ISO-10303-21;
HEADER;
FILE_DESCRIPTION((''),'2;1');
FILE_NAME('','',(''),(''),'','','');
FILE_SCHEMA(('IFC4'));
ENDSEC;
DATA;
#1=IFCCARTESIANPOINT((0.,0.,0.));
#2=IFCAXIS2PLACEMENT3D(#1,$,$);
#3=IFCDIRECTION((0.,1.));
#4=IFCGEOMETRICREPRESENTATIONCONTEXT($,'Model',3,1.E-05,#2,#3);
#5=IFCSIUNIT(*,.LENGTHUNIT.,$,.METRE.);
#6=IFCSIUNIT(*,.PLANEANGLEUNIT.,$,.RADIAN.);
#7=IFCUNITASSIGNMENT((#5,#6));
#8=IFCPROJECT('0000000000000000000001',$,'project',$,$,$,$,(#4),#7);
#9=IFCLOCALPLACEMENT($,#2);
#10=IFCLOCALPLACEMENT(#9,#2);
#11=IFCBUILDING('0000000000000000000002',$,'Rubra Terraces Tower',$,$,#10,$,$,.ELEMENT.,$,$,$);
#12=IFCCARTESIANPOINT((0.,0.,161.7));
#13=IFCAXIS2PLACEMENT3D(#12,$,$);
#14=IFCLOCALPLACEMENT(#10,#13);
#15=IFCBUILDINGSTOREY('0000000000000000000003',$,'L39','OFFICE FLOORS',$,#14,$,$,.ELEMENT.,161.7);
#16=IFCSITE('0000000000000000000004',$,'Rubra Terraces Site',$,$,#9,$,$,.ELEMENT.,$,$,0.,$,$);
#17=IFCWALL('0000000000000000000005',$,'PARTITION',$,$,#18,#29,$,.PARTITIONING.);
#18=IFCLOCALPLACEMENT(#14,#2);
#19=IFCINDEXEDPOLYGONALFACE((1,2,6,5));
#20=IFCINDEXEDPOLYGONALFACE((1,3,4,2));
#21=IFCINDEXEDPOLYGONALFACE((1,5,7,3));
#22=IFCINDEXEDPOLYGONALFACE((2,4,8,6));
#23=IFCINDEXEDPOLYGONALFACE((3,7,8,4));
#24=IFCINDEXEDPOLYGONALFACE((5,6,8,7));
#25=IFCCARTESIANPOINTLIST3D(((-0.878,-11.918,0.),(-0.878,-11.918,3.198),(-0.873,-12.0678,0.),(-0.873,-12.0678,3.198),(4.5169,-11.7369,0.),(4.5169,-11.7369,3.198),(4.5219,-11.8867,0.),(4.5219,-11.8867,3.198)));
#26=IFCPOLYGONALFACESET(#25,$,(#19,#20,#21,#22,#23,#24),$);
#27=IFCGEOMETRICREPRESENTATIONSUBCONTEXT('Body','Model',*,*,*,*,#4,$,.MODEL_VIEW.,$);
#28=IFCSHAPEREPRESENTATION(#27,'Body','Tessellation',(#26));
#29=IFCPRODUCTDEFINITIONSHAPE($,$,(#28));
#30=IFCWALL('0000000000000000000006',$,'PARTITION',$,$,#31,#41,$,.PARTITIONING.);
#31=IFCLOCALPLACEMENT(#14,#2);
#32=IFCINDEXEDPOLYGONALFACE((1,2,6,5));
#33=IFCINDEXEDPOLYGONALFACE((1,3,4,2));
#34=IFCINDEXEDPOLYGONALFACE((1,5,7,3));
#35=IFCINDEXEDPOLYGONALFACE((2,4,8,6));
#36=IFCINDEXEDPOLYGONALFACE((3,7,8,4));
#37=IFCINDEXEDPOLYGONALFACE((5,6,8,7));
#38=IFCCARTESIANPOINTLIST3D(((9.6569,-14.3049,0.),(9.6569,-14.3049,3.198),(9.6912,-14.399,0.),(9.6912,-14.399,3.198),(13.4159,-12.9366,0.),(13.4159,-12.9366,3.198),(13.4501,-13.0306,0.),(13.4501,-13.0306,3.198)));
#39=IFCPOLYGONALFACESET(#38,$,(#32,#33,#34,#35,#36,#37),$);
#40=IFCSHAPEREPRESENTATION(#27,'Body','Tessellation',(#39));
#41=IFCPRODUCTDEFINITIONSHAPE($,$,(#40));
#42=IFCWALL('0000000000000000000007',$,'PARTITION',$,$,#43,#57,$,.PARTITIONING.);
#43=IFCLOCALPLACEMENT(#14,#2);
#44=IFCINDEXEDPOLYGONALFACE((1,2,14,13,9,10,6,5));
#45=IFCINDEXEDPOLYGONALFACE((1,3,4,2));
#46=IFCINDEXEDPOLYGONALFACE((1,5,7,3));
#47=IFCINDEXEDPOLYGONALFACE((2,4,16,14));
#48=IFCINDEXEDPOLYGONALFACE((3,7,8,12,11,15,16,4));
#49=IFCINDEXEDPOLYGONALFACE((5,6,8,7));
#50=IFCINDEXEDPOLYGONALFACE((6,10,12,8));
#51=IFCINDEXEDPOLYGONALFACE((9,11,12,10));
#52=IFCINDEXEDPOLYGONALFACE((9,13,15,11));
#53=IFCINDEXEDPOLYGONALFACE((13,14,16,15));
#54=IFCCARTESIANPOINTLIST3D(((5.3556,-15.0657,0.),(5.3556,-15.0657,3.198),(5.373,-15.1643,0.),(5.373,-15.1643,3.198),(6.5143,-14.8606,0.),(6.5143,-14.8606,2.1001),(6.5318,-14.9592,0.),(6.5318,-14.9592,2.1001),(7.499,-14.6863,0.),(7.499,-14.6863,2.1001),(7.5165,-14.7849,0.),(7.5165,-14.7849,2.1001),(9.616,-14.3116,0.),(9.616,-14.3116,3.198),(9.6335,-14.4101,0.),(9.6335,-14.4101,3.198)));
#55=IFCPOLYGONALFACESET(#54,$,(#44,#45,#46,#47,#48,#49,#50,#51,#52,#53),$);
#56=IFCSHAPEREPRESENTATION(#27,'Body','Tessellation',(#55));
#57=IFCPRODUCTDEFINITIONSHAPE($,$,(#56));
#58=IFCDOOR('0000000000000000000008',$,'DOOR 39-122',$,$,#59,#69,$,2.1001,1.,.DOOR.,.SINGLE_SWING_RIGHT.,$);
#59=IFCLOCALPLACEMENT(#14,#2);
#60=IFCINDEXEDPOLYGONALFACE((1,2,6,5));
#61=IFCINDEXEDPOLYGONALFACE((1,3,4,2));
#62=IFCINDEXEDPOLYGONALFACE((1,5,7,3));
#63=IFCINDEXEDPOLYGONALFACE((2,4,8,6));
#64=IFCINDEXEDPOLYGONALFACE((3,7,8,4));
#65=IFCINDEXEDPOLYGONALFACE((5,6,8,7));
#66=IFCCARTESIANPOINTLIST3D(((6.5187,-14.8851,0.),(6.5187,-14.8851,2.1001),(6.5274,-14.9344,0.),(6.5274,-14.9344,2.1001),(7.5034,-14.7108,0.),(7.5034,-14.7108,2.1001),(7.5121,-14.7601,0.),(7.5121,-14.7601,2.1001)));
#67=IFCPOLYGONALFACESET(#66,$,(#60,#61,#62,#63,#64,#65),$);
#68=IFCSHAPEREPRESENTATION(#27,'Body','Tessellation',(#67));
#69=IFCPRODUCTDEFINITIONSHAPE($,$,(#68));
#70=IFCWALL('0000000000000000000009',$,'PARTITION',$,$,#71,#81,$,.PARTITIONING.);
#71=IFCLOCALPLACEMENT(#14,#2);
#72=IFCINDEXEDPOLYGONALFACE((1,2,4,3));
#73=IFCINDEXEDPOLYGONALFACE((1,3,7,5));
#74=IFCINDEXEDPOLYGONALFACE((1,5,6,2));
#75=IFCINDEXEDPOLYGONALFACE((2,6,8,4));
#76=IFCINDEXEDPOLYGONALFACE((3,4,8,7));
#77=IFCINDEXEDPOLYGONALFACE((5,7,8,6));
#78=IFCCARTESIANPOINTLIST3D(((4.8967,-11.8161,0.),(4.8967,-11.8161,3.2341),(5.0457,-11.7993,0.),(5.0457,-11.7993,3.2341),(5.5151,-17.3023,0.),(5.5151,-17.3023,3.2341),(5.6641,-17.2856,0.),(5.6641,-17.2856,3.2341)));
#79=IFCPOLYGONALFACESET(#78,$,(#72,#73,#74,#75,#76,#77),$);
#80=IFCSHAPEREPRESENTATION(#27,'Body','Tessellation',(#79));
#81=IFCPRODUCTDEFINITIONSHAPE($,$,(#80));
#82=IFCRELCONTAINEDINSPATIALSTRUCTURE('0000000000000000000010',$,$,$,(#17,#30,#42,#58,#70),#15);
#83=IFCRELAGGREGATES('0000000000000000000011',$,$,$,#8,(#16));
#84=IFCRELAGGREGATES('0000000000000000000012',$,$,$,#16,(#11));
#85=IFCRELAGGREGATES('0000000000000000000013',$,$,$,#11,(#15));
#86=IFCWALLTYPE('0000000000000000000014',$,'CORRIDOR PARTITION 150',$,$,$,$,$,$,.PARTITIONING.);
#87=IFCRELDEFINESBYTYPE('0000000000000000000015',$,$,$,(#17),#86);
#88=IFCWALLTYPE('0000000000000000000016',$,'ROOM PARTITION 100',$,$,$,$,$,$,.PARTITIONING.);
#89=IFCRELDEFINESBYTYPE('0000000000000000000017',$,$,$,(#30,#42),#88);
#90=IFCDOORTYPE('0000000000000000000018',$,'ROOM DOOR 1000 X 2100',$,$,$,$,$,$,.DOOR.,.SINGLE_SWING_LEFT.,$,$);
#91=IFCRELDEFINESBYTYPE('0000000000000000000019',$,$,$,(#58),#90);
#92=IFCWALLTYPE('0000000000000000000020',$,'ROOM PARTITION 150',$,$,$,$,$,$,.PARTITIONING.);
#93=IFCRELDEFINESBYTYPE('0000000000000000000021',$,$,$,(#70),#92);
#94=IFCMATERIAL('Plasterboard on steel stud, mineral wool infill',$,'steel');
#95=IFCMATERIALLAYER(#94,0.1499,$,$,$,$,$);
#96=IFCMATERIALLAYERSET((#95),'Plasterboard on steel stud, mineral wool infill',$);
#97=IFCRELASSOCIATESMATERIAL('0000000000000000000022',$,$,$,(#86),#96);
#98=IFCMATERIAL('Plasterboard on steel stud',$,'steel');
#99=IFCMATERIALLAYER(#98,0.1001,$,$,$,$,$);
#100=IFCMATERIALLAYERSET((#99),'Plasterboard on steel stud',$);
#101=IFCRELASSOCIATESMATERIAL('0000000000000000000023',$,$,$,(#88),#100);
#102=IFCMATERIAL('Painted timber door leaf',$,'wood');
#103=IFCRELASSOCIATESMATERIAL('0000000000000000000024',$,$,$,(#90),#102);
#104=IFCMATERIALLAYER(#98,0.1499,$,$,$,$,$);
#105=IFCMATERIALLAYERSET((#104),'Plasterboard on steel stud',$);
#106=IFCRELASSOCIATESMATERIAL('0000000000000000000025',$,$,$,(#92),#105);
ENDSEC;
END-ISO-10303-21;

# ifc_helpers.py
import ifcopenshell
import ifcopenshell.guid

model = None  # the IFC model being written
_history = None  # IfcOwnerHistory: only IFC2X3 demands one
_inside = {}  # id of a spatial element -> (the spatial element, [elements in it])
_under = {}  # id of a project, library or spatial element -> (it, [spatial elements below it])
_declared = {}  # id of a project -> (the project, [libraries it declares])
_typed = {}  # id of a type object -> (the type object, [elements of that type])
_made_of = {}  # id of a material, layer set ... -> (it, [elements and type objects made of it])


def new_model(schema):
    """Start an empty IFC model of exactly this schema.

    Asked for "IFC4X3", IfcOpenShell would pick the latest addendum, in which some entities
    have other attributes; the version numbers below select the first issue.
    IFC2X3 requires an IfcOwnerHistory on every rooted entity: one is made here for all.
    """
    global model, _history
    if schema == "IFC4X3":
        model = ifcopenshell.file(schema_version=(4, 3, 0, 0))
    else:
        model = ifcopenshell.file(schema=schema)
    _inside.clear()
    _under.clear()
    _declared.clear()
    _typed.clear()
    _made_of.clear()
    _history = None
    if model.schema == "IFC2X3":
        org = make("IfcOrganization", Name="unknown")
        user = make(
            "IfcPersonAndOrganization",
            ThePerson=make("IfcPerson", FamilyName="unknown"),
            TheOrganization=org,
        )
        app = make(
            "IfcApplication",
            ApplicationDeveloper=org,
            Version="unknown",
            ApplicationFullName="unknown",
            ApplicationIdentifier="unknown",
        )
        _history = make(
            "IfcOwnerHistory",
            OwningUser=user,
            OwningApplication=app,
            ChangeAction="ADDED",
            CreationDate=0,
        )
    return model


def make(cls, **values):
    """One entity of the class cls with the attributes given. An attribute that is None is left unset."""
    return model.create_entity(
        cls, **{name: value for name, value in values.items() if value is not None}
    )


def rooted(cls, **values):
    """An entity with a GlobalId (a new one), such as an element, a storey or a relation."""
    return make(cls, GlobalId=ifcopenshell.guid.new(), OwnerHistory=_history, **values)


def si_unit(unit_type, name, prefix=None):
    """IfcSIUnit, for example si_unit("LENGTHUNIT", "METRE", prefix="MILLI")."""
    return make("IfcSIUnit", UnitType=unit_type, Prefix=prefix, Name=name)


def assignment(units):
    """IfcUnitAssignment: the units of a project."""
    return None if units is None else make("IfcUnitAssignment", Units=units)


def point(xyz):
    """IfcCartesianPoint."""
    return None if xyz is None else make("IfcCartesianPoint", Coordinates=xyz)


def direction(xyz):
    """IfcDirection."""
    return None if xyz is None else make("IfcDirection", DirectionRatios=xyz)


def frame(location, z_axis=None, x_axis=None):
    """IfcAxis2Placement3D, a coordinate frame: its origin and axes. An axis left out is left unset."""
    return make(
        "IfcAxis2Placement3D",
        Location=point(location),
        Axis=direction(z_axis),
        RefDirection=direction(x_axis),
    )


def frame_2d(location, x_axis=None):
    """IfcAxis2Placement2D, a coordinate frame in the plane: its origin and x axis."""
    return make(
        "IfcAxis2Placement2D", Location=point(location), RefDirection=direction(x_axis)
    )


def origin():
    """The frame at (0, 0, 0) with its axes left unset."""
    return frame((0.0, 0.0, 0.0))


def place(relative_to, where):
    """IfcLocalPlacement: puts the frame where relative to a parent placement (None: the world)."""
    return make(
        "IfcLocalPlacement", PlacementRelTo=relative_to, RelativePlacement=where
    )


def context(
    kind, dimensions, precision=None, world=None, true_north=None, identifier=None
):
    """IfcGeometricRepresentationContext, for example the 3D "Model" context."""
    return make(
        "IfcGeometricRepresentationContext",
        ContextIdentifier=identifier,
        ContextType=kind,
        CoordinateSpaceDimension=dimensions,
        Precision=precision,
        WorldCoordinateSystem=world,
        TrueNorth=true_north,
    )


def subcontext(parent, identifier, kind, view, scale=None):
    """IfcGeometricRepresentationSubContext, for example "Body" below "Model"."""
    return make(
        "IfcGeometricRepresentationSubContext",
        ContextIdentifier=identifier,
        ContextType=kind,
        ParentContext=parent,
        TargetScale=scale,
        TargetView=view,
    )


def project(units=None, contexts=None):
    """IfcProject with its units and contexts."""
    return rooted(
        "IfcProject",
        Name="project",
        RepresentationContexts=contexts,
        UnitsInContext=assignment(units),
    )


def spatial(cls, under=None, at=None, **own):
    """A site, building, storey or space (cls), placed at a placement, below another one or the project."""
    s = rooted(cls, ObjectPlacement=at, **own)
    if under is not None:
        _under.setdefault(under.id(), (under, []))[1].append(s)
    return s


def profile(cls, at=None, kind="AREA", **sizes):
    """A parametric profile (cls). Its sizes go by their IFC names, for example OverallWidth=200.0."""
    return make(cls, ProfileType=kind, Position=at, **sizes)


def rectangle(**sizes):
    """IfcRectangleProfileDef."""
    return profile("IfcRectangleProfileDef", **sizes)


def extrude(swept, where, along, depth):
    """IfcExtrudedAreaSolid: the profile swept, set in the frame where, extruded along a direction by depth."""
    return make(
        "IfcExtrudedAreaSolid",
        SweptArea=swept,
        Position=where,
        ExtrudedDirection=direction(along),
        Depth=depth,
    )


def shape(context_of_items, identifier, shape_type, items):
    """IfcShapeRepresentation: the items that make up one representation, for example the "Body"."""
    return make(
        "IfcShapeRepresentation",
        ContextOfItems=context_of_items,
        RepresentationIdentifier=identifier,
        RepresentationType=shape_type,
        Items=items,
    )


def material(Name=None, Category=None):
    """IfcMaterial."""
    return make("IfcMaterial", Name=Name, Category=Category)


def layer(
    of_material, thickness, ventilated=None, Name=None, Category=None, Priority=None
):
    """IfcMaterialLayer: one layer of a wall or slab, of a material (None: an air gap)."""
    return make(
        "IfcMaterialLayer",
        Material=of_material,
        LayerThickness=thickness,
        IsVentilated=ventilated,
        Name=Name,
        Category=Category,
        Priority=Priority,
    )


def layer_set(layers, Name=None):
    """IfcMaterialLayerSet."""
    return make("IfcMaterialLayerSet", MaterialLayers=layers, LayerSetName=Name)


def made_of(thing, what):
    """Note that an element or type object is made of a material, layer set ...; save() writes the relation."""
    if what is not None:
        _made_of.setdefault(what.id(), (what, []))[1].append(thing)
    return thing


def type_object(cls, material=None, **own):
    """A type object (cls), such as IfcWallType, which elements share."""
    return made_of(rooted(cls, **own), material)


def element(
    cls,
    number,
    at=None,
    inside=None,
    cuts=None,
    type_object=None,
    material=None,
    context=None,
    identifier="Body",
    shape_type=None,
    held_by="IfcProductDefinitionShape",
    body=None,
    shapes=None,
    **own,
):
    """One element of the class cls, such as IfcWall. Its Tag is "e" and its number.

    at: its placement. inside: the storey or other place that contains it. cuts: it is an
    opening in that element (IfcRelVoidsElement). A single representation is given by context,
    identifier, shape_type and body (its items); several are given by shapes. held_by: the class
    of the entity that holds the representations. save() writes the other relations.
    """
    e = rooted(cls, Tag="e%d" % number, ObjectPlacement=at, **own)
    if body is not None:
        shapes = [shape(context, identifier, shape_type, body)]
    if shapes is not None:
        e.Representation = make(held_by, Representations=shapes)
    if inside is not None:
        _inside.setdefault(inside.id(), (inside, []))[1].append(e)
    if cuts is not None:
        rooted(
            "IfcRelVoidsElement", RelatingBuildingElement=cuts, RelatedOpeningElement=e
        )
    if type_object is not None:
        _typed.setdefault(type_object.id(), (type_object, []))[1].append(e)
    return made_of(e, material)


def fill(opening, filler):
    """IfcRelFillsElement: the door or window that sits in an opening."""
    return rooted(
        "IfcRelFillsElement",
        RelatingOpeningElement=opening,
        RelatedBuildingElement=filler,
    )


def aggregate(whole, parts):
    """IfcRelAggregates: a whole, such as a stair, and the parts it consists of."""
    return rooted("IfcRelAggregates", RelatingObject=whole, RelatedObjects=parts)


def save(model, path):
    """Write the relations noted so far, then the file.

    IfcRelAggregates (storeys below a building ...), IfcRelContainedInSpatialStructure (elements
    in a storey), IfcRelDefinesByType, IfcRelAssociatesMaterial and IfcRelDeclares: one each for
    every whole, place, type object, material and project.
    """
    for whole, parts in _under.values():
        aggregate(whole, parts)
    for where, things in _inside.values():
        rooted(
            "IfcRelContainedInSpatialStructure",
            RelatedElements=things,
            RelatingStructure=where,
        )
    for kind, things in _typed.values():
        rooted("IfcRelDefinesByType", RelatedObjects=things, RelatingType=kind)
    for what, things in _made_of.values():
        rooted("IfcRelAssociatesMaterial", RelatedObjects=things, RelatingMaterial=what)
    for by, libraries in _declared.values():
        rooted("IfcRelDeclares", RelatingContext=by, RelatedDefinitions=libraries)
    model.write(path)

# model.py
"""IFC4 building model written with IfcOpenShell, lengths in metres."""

from ifc_helpers import new_model, si_unit, direction, frame, frame_2d, origin, place, context, subcontext, project, spatial, rectangle, extrude, material, layer, layer_set, type_object, element, fill, save


model = new_model("IFC4")

# Units and contexts
model_context = context("Model", 3, precision=1e-05, world=origin(), true_north=direction((0.0, 1.0)))
body_context = subcontext(model_context, "Body", "Model", "MODEL_VIEW")
ifc_project = project(units=[si_unit("LENGTHUNIT", "METRE"), si_unit("PLANEANGLEUNIT", "RADIAN")], contexts=[model_context])

# Site, building, storey
site_placement = place(None, origin())
site = spatial("IfcSite", under=ifc_project, at=site_placement, Name="Rubra Terraces Site", CompositionType="ELEMENT", RefElevation=0.0)
building_placement = place(site_placement, origin())
building = spatial("IfcBuilding", under=site, at=building_placement, Name="Rubra Terraces Tower", CompositionType="ELEMENT")
storey_placement = place(building_placement, frame((0.0, 0.0, 161.7)))
storey = spatial("IfcBuildingStorey", under=building, at=storey_placement, Name="L39", Description="OFFICE FLOORS", CompositionType="ELEMENT", Elevation=161.7)

# Walls
ifc_material_1 = material(Name="Plasterboard on steel stud, mineral wool infill", Category="steel")
ifc_layer_1 = layer(ifc_material_1, 0.1499)
ifc_layer_set_1 = layer_set([ifc_layer_1], Name="Plasterboard on steel stud, mineral wool infill")
wall_type_1 = type_object("IfcWallType", Name="CORRIDOR PARTITION 150", PredefinedType="PARTITIONING", material=ifc_layer_set_1)
wall_1_placement = place(storey_placement, frame((-0.8755, -11.9929, 0.0), z_axis=(0.0, 0.0, 1.0), x_axis=(0.999437, 0.033559, 0.0)))
element("IfcWall", 1, at=wall_1_placement, inside=storey, type_object=wall_type_1, Name="PARTITION", PredefinedType="PARTITIONING", context=body_context, shape_type="SweptSolid", body=[
    extrude(rectangle(XDim=5.3979, YDim=0.1499, at=frame_2d((2.699, 0.0))), origin(), (0.0, 0.0, 1.0), 3.198),
])
ifc_material_2 = material(Name="Plasterboard on steel stud", Category="steel")
ifc_layer_2 = layer(ifc_material_2, 0.1001)
ifc_layer_set_2 = layer_set([ifc_layer_2], Name="Plasterboard on steel stud")
wall_type_2 = type_object("IfcWallType", Name="ROOM PARTITION 100", PredefinedType="PARTITIONING", material=ifc_layer_set_2)
wall_2_placement = place(storey_placement, frame((13.4329, -12.9836, 0.0), z_axis=(0.0, 0.0, 1.0), x_axis=(-0.939674, -0.342071, 0.0)))
element("IfcWall", 2, at=wall_2_placement, inside=storey, type_object=wall_type_2, Name="PARTITION", PredefinedType="PARTITIONING", context=body_context, shape_type="SweptSolid", body=[
    extrude(rectangle(XDim=4.0002, YDim=0.1001, at=frame_2d((2.0, 0.0))), origin(), (0.0, 0.0, 1.0), 3.198),
])

# Wall, opening, door
wall_3_placement = place(storey_placement, frame((9.6248, -14.3608, 0.0), z_axis=(0.0, 0.0, 1.0), x_axis=(-0.984693, -0.1743, 0.0)))
wall_3 = element("IfcWall", 3, at=wall_3_placement, inside=storey, type_object=wall_type_2, Name="PARTITION", PredefinedType="PARTITIONING", context=body_context, shape_type="SweptSolid", body=[
    extrude(rectangle(XDim=4.3267, YDim=0.1001, at=frame_2d((2.1633, 0.0))), origin(), (0.0, 0.0, 1.0), 3.198),
])
opening_1_placement = place(wall_3_placement, frame((2.1499, 0.0, 0.0)))
opening_1 = element("IfcOpeningElement", 4, at=opening_1_placement, cuts=wall_3, PredefinedType="OPENING", context=body_context, shape_type="SweptSolid", body=[
    extrude(rectangle(XDim=1.0, YDim=2.1001, at=frame_2d((0.5, 1.05))), frame((0.0, 0.0601, 0.0), z_axis=(0.0, -1.0, 0.0), x_axis=(1.0, 0.0, 0.0)), (0.0, 0.0, 1.0), 0.1201),
])
ifc_material_3 = material(Name="Painted timber door leaf", Category="wood")
door_type = type_object("IfcDoorType", Name="ROOM DOOR 1000 X 2100", OperationType="SINGLE_SWING_LEFT", PredefinedType="DOOR", material=ifc_material_3)
door_placement = place(opening_1_placement, origin())
door = element("IfcDoor", 5, at=door_placement, inside=storey, type_object=door_type, Name="DOOR 39-122", OperationType="SINGLE_SWING_RIGHT", OverallHeight=2.1001, OverallWidth=1.0, PredefinedType="DOOR", context=body_context, shape_type="SweptSolid", body=[
    extrude(rectangle(XDim=1.0, YDim=2.1001, at=frame_2d((0.5, 1.05))), frame((0.0, 0.0249, 0.0), z_axis=(0.0, -1.0, 0.0), x_axis=(1.0, 0.0, 0.0)), (0.0, 0.0, 1.0), 0.05),
])
fill(opening_1, door)

# Wall
ifc_layer_3 = layer(ifc_material_2, 0.1499)
ifc_layer_set_3 = layer_set([ifc_layer_3], Name="Plasterboard on steel stud")
wall_type_3 = type_object("IfcWallType", Name="ROOM PARTITION 150", PredefinedType="PARTITIONING", material=ifc_layer_set_3)
wall_4_placement = place(storey_placement, frame((5.5896, -17.2939, 0.0), z_axis=(0.0, 0.0, 1.0), x_axis=(-0.112009, 0.993707, 0.0)))
element("IfcWall", 6, at=wall_4_placement, inside=storey, type_object=wall_type_3, Name="PARTITION", PredefinedType="PARTITIONING", context=body_context, shape_type="SweptSolid", body=[
    extrude(rectangle(XDim=5.521, YDim=0.1499, at=frame_2d((2.7605, 0.0))), origin(), (0.0, 0.0, 1.0), 3.2341),
])

save(model, "model.ifc")
